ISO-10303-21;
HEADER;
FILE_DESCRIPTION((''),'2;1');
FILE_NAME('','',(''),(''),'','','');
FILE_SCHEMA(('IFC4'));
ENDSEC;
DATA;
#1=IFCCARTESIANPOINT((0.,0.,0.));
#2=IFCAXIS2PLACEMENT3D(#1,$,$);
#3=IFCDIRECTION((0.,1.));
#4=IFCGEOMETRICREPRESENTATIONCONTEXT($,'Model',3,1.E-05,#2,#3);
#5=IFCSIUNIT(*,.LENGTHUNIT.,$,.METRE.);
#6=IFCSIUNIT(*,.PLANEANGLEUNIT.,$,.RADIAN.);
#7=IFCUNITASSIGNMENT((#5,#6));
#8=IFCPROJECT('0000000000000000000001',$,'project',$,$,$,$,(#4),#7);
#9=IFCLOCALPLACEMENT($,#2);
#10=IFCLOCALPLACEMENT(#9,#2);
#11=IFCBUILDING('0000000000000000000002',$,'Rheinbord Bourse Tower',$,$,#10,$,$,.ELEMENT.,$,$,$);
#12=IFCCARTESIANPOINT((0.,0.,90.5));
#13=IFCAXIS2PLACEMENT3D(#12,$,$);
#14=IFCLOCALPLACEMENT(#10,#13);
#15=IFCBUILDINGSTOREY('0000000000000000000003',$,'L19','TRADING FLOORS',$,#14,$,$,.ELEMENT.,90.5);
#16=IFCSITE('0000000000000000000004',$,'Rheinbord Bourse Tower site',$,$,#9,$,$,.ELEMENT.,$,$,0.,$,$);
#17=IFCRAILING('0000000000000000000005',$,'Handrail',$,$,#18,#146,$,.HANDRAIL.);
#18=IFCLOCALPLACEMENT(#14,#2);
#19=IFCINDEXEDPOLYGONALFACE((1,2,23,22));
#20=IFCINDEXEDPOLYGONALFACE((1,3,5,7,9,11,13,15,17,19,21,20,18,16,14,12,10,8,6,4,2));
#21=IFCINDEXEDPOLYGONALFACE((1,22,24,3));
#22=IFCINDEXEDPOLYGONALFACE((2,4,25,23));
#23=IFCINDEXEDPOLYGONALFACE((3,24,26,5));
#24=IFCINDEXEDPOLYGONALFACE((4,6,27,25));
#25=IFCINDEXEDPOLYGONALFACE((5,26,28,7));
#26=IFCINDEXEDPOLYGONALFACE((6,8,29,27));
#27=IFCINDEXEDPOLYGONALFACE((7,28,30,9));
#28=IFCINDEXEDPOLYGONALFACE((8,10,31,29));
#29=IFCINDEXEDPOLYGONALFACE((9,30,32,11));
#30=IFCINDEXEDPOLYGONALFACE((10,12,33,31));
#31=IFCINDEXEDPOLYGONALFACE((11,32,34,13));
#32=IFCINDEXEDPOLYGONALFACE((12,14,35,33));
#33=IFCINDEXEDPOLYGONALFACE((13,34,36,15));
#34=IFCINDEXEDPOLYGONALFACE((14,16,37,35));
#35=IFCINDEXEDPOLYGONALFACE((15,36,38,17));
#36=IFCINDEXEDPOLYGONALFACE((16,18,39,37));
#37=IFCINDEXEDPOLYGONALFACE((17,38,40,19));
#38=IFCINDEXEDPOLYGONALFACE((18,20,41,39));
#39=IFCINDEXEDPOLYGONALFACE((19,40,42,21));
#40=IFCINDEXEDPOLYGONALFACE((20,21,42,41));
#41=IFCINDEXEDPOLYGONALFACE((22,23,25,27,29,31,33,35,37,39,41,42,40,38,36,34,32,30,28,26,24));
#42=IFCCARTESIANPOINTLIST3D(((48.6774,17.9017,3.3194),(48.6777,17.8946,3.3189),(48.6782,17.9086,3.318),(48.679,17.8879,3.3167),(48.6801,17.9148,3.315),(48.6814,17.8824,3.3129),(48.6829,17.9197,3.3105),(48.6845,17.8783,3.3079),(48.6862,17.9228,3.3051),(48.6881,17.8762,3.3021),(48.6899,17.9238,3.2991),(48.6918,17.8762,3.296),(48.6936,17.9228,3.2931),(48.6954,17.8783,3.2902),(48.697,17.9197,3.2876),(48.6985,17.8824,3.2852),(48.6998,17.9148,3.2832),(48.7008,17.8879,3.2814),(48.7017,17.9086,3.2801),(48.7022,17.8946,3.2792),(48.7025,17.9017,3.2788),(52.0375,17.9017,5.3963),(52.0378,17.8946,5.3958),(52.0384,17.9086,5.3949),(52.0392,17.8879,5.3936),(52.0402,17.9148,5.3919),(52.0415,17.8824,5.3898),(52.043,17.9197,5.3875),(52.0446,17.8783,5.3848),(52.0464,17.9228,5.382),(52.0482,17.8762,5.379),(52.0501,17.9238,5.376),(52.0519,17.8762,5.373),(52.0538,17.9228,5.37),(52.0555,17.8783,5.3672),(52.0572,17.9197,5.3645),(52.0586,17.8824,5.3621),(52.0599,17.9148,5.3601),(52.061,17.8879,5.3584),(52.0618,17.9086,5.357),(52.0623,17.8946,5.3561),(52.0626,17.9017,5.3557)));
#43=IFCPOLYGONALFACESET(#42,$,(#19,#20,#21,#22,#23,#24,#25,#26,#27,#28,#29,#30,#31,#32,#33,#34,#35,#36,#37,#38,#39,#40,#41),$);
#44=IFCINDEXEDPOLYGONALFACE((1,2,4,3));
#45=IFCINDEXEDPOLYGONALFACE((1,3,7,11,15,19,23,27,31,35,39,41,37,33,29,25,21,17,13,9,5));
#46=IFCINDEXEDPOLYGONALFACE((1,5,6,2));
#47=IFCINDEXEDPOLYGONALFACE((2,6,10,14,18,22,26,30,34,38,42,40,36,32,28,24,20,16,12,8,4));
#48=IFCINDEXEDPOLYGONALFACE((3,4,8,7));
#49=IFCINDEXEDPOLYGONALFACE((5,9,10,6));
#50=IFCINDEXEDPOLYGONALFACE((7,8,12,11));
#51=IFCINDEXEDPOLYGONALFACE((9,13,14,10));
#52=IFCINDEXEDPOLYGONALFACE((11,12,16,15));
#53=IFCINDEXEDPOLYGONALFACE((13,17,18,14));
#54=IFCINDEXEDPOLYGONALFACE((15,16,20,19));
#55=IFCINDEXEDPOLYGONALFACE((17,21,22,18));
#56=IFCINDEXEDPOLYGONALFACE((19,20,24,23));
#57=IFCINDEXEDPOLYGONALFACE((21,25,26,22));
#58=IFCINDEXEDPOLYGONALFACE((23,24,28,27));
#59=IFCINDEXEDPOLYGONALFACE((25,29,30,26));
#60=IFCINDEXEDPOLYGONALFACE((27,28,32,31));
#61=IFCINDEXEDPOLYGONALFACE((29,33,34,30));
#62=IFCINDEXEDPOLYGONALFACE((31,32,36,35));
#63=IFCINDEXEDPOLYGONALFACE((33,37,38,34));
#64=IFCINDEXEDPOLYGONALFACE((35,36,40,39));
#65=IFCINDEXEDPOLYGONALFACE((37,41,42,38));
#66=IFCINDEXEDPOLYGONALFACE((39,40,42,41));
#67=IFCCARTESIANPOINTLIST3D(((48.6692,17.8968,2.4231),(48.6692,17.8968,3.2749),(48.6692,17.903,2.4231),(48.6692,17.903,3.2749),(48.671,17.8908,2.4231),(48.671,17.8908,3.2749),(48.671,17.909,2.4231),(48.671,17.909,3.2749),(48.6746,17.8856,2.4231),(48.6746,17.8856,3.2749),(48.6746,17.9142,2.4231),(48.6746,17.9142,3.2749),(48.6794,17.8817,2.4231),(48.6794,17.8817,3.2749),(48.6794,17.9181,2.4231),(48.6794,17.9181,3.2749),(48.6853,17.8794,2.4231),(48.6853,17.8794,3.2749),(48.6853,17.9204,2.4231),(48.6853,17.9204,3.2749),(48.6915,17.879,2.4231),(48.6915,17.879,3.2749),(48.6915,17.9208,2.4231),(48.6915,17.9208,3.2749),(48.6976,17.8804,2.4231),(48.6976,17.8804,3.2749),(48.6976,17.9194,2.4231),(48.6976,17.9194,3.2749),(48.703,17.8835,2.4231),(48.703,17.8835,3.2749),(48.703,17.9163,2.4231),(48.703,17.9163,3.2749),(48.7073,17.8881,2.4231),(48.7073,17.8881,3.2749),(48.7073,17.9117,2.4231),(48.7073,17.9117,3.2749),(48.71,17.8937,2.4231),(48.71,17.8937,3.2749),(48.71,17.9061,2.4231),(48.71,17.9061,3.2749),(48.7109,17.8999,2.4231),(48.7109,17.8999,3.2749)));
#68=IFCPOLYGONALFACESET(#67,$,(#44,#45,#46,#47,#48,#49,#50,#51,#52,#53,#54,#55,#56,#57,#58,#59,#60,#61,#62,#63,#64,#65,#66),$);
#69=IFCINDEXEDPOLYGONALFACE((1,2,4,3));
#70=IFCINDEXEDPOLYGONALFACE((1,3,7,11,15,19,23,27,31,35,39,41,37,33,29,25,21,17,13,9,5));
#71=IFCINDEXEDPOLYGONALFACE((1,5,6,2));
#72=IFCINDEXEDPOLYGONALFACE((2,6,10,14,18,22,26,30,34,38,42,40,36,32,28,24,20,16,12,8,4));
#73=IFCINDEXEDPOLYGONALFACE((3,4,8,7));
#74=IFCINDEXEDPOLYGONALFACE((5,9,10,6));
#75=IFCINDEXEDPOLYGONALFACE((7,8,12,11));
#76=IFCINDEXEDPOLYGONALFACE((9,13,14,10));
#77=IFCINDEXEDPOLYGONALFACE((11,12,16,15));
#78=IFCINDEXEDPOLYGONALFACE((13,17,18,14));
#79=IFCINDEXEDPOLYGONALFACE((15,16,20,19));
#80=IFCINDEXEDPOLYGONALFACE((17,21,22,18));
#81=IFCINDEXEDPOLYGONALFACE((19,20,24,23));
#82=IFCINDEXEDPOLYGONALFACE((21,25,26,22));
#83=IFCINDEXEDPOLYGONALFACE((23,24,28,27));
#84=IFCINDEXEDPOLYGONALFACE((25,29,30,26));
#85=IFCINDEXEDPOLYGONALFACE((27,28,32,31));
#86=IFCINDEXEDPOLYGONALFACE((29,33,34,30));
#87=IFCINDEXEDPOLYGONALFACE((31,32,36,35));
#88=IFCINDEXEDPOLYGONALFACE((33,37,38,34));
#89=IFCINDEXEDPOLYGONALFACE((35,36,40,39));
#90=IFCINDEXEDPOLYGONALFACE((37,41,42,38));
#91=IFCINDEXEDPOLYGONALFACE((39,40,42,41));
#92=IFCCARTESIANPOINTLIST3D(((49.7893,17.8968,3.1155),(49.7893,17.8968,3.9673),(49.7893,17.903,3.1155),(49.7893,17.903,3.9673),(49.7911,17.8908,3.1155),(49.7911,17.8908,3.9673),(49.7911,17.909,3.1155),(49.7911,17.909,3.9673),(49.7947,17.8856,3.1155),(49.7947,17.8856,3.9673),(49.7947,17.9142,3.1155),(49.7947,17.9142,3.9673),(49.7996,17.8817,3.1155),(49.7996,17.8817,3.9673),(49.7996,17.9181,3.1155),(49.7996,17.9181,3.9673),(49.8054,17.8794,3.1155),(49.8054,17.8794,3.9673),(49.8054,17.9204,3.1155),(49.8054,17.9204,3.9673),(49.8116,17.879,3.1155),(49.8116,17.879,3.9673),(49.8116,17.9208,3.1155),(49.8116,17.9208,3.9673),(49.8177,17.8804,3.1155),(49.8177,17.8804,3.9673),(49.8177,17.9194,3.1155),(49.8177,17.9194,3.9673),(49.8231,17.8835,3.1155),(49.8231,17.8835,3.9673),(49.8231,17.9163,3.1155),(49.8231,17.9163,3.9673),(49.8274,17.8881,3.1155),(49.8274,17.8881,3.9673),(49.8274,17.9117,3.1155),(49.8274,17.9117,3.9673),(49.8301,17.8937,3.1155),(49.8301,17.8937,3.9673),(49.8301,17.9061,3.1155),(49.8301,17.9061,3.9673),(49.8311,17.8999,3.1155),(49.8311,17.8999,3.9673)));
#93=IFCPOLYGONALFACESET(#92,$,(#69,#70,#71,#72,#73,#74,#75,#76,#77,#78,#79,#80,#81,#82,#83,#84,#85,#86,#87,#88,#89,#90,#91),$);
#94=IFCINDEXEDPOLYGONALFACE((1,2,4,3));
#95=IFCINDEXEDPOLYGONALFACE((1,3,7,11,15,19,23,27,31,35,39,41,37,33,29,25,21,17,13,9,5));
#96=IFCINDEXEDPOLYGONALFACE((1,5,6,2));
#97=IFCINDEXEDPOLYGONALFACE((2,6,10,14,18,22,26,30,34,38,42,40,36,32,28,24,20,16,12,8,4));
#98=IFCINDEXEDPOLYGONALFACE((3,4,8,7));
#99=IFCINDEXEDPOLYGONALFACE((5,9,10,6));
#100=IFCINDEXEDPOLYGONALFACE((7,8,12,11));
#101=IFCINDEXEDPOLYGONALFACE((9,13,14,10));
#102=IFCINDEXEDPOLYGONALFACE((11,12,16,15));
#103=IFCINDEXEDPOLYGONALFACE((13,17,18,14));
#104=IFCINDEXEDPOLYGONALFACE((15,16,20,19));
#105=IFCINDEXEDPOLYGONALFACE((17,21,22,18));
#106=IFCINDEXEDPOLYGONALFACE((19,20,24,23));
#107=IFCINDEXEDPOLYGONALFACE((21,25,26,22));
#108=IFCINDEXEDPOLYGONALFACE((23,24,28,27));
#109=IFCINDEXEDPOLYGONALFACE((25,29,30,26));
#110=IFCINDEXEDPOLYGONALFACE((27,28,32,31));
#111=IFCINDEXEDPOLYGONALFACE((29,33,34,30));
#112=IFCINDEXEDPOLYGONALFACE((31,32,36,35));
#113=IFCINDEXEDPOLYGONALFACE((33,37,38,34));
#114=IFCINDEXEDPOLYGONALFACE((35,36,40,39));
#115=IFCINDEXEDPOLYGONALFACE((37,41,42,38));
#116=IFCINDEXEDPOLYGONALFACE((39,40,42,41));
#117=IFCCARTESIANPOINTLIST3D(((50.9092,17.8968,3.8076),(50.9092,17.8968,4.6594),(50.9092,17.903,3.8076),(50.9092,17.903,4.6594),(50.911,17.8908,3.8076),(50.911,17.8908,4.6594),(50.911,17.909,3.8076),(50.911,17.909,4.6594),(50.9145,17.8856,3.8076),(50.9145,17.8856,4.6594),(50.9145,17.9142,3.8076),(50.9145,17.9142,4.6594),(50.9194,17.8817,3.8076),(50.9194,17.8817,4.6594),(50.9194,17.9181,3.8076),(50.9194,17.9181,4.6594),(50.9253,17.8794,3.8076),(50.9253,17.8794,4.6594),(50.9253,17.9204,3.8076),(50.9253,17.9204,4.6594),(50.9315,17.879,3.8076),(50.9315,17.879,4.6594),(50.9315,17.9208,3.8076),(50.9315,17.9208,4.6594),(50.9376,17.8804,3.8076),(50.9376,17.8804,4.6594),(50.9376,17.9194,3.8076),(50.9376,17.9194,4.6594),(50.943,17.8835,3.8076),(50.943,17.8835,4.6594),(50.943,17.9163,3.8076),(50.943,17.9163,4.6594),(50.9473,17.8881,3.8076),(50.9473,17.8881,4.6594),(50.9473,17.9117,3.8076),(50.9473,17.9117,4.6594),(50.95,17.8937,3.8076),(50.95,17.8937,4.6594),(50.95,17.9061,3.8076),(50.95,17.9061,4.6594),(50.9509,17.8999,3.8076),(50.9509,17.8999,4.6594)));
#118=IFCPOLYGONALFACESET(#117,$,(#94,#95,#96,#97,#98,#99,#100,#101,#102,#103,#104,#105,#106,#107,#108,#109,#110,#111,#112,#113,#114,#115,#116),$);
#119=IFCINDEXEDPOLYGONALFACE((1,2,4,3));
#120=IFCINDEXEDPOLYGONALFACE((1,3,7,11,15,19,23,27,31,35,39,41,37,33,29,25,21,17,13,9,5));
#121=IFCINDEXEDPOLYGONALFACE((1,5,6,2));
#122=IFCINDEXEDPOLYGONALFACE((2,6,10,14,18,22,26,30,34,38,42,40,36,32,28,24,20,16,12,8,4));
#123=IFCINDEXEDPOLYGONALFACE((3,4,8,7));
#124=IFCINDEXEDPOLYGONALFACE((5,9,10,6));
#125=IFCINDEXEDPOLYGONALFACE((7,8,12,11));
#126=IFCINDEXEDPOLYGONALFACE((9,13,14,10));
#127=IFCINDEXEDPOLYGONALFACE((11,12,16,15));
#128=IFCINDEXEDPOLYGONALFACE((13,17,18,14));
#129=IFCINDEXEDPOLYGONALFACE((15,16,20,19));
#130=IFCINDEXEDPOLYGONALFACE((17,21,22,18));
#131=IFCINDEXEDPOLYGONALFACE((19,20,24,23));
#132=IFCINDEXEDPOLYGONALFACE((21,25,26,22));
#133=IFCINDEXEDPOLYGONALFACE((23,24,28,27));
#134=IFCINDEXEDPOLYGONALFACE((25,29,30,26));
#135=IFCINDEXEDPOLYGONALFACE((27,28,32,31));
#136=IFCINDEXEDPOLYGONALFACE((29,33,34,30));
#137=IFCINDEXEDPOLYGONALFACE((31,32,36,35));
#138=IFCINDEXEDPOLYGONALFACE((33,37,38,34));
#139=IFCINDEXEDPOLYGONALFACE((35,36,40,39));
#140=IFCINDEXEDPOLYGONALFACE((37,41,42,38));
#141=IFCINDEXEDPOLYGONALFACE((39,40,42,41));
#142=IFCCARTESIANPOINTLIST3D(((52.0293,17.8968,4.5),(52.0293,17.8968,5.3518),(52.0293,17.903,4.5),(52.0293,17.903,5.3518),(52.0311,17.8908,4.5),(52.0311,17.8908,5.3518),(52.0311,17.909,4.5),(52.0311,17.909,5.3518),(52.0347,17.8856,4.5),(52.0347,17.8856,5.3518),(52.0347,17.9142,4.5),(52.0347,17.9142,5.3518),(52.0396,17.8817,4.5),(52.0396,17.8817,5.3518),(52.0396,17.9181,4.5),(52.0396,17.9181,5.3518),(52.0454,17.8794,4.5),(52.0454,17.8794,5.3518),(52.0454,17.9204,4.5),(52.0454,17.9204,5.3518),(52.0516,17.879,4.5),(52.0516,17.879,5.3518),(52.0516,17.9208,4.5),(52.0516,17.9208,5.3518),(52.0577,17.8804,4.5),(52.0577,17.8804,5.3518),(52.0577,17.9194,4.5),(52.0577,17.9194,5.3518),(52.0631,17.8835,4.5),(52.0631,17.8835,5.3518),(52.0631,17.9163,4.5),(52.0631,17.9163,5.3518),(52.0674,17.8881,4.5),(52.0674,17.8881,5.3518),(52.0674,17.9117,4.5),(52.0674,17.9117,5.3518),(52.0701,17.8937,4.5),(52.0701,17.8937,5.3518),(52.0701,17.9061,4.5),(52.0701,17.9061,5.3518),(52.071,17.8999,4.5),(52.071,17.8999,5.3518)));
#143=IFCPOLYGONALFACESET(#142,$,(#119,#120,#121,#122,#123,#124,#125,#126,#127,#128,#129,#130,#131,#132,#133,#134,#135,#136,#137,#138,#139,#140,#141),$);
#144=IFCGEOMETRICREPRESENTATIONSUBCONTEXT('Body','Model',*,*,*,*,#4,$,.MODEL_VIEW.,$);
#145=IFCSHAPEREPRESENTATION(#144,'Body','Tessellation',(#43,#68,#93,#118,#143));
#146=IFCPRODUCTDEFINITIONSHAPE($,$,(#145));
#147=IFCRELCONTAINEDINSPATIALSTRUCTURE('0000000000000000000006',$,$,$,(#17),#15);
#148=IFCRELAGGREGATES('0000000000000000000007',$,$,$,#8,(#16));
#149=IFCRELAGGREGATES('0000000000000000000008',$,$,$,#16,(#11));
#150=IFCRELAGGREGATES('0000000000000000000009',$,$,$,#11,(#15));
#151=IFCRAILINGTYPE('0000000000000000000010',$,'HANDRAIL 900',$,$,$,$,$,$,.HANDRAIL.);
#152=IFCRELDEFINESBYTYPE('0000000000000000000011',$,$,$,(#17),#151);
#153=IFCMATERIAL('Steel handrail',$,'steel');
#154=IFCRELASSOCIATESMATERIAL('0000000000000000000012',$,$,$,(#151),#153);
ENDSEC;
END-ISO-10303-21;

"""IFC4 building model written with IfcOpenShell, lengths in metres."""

from ifc_helpers import new_model, si_unit, direction, frame, origin, origin_2d, place, context, subcontext, project, spatial, circle, extrude, material, type_object, element, save


model = new_model("IFC4")

# Units and contexts
model_context = context("Model", 3, precision=1e-05, world=origin(), true_north=direction((0.0, 1.0)))
body_context = subcontext(model_context, "Body", "Model", "MODEL_VIEW")
ifc_project = project(units=[si_unit("LENGTHUNIT", "METRE"), si_unit("PLANEANGLEUNIT", "RADIAN")], contexts=[model_context])

# Site, building, storey
site_placement = place(None, origin())
site = spatial("IfcSite", under=ifc_project, at=site_placement, Name="Rheinbord Bourse Tower site", CompositionType="ELEMENT", RefElevation=0.0)
building_placement = place(site_placement, origin())
building = spatial("IfcBuilding", under=site, at=building_placement, Name="Rheinbord Bourse Tower", CompositionType="ELEMENT")
storey_placement = place(building_placement, frame((0.0, 0.0, 90.5)))
storey = spatial("IfcBuildingStorey", under=building, at=storey_placement, Name="L19", Description="TRADING FLOORS", CompositionType="ELEMENT", Elevation=90.5)

# Railing
ifc_material_1 = material(Name="Steel handrail", Category="steel")
railing_type = type_object("IfcRailingType", Name="HANDRAIL 900", PredefinedType="HANDRAIL", material=ifc_material_1)
railing_1_placement = place(storey_placement, frame((48.6899, 17.8999, 2.4231)))
element("IfcRailing", 1, at=railing_1_placement, inside=storey, type_object=railing_type, Name="Handrail", PredefinedType="HANDRAIL", context=body_context, shape_type="SweptSolid", body=[
    extrude(circle(Radius=0.0239, at=origin_2d()), frame((0.0, 0.0, 0.876), z_axis=(0.850623, 0.0, 0.525776), x_axis=(0.0, 1.0, 0.0)), (0.0, 0.0, 1.0), 3.9502),
    extrude(circle(Radius=0.021, at=origin_2d()), origin(), (0.0, 0.0, 1.0), 0.8518),
    extrude(circle(Radius=0.021, at=origin_2d()), frame((1.1201, 0.0, 0.6924)), (0.0, 0.0, 1.0), 0.8518),
    extrude(circle(Radius=0.021, at=origin_2d()), frame((2.24, 0.0, 1.3845)), (0.0, 0.0, 1.0), 0.8518),
    extrude(circle(Radius=0.021, at=origin_2d()), frame((3.3601, 0.0, 2.0769)), (0.0, 0.0, 1.0), 0.8518),
])

save(model, "model.ifc")
